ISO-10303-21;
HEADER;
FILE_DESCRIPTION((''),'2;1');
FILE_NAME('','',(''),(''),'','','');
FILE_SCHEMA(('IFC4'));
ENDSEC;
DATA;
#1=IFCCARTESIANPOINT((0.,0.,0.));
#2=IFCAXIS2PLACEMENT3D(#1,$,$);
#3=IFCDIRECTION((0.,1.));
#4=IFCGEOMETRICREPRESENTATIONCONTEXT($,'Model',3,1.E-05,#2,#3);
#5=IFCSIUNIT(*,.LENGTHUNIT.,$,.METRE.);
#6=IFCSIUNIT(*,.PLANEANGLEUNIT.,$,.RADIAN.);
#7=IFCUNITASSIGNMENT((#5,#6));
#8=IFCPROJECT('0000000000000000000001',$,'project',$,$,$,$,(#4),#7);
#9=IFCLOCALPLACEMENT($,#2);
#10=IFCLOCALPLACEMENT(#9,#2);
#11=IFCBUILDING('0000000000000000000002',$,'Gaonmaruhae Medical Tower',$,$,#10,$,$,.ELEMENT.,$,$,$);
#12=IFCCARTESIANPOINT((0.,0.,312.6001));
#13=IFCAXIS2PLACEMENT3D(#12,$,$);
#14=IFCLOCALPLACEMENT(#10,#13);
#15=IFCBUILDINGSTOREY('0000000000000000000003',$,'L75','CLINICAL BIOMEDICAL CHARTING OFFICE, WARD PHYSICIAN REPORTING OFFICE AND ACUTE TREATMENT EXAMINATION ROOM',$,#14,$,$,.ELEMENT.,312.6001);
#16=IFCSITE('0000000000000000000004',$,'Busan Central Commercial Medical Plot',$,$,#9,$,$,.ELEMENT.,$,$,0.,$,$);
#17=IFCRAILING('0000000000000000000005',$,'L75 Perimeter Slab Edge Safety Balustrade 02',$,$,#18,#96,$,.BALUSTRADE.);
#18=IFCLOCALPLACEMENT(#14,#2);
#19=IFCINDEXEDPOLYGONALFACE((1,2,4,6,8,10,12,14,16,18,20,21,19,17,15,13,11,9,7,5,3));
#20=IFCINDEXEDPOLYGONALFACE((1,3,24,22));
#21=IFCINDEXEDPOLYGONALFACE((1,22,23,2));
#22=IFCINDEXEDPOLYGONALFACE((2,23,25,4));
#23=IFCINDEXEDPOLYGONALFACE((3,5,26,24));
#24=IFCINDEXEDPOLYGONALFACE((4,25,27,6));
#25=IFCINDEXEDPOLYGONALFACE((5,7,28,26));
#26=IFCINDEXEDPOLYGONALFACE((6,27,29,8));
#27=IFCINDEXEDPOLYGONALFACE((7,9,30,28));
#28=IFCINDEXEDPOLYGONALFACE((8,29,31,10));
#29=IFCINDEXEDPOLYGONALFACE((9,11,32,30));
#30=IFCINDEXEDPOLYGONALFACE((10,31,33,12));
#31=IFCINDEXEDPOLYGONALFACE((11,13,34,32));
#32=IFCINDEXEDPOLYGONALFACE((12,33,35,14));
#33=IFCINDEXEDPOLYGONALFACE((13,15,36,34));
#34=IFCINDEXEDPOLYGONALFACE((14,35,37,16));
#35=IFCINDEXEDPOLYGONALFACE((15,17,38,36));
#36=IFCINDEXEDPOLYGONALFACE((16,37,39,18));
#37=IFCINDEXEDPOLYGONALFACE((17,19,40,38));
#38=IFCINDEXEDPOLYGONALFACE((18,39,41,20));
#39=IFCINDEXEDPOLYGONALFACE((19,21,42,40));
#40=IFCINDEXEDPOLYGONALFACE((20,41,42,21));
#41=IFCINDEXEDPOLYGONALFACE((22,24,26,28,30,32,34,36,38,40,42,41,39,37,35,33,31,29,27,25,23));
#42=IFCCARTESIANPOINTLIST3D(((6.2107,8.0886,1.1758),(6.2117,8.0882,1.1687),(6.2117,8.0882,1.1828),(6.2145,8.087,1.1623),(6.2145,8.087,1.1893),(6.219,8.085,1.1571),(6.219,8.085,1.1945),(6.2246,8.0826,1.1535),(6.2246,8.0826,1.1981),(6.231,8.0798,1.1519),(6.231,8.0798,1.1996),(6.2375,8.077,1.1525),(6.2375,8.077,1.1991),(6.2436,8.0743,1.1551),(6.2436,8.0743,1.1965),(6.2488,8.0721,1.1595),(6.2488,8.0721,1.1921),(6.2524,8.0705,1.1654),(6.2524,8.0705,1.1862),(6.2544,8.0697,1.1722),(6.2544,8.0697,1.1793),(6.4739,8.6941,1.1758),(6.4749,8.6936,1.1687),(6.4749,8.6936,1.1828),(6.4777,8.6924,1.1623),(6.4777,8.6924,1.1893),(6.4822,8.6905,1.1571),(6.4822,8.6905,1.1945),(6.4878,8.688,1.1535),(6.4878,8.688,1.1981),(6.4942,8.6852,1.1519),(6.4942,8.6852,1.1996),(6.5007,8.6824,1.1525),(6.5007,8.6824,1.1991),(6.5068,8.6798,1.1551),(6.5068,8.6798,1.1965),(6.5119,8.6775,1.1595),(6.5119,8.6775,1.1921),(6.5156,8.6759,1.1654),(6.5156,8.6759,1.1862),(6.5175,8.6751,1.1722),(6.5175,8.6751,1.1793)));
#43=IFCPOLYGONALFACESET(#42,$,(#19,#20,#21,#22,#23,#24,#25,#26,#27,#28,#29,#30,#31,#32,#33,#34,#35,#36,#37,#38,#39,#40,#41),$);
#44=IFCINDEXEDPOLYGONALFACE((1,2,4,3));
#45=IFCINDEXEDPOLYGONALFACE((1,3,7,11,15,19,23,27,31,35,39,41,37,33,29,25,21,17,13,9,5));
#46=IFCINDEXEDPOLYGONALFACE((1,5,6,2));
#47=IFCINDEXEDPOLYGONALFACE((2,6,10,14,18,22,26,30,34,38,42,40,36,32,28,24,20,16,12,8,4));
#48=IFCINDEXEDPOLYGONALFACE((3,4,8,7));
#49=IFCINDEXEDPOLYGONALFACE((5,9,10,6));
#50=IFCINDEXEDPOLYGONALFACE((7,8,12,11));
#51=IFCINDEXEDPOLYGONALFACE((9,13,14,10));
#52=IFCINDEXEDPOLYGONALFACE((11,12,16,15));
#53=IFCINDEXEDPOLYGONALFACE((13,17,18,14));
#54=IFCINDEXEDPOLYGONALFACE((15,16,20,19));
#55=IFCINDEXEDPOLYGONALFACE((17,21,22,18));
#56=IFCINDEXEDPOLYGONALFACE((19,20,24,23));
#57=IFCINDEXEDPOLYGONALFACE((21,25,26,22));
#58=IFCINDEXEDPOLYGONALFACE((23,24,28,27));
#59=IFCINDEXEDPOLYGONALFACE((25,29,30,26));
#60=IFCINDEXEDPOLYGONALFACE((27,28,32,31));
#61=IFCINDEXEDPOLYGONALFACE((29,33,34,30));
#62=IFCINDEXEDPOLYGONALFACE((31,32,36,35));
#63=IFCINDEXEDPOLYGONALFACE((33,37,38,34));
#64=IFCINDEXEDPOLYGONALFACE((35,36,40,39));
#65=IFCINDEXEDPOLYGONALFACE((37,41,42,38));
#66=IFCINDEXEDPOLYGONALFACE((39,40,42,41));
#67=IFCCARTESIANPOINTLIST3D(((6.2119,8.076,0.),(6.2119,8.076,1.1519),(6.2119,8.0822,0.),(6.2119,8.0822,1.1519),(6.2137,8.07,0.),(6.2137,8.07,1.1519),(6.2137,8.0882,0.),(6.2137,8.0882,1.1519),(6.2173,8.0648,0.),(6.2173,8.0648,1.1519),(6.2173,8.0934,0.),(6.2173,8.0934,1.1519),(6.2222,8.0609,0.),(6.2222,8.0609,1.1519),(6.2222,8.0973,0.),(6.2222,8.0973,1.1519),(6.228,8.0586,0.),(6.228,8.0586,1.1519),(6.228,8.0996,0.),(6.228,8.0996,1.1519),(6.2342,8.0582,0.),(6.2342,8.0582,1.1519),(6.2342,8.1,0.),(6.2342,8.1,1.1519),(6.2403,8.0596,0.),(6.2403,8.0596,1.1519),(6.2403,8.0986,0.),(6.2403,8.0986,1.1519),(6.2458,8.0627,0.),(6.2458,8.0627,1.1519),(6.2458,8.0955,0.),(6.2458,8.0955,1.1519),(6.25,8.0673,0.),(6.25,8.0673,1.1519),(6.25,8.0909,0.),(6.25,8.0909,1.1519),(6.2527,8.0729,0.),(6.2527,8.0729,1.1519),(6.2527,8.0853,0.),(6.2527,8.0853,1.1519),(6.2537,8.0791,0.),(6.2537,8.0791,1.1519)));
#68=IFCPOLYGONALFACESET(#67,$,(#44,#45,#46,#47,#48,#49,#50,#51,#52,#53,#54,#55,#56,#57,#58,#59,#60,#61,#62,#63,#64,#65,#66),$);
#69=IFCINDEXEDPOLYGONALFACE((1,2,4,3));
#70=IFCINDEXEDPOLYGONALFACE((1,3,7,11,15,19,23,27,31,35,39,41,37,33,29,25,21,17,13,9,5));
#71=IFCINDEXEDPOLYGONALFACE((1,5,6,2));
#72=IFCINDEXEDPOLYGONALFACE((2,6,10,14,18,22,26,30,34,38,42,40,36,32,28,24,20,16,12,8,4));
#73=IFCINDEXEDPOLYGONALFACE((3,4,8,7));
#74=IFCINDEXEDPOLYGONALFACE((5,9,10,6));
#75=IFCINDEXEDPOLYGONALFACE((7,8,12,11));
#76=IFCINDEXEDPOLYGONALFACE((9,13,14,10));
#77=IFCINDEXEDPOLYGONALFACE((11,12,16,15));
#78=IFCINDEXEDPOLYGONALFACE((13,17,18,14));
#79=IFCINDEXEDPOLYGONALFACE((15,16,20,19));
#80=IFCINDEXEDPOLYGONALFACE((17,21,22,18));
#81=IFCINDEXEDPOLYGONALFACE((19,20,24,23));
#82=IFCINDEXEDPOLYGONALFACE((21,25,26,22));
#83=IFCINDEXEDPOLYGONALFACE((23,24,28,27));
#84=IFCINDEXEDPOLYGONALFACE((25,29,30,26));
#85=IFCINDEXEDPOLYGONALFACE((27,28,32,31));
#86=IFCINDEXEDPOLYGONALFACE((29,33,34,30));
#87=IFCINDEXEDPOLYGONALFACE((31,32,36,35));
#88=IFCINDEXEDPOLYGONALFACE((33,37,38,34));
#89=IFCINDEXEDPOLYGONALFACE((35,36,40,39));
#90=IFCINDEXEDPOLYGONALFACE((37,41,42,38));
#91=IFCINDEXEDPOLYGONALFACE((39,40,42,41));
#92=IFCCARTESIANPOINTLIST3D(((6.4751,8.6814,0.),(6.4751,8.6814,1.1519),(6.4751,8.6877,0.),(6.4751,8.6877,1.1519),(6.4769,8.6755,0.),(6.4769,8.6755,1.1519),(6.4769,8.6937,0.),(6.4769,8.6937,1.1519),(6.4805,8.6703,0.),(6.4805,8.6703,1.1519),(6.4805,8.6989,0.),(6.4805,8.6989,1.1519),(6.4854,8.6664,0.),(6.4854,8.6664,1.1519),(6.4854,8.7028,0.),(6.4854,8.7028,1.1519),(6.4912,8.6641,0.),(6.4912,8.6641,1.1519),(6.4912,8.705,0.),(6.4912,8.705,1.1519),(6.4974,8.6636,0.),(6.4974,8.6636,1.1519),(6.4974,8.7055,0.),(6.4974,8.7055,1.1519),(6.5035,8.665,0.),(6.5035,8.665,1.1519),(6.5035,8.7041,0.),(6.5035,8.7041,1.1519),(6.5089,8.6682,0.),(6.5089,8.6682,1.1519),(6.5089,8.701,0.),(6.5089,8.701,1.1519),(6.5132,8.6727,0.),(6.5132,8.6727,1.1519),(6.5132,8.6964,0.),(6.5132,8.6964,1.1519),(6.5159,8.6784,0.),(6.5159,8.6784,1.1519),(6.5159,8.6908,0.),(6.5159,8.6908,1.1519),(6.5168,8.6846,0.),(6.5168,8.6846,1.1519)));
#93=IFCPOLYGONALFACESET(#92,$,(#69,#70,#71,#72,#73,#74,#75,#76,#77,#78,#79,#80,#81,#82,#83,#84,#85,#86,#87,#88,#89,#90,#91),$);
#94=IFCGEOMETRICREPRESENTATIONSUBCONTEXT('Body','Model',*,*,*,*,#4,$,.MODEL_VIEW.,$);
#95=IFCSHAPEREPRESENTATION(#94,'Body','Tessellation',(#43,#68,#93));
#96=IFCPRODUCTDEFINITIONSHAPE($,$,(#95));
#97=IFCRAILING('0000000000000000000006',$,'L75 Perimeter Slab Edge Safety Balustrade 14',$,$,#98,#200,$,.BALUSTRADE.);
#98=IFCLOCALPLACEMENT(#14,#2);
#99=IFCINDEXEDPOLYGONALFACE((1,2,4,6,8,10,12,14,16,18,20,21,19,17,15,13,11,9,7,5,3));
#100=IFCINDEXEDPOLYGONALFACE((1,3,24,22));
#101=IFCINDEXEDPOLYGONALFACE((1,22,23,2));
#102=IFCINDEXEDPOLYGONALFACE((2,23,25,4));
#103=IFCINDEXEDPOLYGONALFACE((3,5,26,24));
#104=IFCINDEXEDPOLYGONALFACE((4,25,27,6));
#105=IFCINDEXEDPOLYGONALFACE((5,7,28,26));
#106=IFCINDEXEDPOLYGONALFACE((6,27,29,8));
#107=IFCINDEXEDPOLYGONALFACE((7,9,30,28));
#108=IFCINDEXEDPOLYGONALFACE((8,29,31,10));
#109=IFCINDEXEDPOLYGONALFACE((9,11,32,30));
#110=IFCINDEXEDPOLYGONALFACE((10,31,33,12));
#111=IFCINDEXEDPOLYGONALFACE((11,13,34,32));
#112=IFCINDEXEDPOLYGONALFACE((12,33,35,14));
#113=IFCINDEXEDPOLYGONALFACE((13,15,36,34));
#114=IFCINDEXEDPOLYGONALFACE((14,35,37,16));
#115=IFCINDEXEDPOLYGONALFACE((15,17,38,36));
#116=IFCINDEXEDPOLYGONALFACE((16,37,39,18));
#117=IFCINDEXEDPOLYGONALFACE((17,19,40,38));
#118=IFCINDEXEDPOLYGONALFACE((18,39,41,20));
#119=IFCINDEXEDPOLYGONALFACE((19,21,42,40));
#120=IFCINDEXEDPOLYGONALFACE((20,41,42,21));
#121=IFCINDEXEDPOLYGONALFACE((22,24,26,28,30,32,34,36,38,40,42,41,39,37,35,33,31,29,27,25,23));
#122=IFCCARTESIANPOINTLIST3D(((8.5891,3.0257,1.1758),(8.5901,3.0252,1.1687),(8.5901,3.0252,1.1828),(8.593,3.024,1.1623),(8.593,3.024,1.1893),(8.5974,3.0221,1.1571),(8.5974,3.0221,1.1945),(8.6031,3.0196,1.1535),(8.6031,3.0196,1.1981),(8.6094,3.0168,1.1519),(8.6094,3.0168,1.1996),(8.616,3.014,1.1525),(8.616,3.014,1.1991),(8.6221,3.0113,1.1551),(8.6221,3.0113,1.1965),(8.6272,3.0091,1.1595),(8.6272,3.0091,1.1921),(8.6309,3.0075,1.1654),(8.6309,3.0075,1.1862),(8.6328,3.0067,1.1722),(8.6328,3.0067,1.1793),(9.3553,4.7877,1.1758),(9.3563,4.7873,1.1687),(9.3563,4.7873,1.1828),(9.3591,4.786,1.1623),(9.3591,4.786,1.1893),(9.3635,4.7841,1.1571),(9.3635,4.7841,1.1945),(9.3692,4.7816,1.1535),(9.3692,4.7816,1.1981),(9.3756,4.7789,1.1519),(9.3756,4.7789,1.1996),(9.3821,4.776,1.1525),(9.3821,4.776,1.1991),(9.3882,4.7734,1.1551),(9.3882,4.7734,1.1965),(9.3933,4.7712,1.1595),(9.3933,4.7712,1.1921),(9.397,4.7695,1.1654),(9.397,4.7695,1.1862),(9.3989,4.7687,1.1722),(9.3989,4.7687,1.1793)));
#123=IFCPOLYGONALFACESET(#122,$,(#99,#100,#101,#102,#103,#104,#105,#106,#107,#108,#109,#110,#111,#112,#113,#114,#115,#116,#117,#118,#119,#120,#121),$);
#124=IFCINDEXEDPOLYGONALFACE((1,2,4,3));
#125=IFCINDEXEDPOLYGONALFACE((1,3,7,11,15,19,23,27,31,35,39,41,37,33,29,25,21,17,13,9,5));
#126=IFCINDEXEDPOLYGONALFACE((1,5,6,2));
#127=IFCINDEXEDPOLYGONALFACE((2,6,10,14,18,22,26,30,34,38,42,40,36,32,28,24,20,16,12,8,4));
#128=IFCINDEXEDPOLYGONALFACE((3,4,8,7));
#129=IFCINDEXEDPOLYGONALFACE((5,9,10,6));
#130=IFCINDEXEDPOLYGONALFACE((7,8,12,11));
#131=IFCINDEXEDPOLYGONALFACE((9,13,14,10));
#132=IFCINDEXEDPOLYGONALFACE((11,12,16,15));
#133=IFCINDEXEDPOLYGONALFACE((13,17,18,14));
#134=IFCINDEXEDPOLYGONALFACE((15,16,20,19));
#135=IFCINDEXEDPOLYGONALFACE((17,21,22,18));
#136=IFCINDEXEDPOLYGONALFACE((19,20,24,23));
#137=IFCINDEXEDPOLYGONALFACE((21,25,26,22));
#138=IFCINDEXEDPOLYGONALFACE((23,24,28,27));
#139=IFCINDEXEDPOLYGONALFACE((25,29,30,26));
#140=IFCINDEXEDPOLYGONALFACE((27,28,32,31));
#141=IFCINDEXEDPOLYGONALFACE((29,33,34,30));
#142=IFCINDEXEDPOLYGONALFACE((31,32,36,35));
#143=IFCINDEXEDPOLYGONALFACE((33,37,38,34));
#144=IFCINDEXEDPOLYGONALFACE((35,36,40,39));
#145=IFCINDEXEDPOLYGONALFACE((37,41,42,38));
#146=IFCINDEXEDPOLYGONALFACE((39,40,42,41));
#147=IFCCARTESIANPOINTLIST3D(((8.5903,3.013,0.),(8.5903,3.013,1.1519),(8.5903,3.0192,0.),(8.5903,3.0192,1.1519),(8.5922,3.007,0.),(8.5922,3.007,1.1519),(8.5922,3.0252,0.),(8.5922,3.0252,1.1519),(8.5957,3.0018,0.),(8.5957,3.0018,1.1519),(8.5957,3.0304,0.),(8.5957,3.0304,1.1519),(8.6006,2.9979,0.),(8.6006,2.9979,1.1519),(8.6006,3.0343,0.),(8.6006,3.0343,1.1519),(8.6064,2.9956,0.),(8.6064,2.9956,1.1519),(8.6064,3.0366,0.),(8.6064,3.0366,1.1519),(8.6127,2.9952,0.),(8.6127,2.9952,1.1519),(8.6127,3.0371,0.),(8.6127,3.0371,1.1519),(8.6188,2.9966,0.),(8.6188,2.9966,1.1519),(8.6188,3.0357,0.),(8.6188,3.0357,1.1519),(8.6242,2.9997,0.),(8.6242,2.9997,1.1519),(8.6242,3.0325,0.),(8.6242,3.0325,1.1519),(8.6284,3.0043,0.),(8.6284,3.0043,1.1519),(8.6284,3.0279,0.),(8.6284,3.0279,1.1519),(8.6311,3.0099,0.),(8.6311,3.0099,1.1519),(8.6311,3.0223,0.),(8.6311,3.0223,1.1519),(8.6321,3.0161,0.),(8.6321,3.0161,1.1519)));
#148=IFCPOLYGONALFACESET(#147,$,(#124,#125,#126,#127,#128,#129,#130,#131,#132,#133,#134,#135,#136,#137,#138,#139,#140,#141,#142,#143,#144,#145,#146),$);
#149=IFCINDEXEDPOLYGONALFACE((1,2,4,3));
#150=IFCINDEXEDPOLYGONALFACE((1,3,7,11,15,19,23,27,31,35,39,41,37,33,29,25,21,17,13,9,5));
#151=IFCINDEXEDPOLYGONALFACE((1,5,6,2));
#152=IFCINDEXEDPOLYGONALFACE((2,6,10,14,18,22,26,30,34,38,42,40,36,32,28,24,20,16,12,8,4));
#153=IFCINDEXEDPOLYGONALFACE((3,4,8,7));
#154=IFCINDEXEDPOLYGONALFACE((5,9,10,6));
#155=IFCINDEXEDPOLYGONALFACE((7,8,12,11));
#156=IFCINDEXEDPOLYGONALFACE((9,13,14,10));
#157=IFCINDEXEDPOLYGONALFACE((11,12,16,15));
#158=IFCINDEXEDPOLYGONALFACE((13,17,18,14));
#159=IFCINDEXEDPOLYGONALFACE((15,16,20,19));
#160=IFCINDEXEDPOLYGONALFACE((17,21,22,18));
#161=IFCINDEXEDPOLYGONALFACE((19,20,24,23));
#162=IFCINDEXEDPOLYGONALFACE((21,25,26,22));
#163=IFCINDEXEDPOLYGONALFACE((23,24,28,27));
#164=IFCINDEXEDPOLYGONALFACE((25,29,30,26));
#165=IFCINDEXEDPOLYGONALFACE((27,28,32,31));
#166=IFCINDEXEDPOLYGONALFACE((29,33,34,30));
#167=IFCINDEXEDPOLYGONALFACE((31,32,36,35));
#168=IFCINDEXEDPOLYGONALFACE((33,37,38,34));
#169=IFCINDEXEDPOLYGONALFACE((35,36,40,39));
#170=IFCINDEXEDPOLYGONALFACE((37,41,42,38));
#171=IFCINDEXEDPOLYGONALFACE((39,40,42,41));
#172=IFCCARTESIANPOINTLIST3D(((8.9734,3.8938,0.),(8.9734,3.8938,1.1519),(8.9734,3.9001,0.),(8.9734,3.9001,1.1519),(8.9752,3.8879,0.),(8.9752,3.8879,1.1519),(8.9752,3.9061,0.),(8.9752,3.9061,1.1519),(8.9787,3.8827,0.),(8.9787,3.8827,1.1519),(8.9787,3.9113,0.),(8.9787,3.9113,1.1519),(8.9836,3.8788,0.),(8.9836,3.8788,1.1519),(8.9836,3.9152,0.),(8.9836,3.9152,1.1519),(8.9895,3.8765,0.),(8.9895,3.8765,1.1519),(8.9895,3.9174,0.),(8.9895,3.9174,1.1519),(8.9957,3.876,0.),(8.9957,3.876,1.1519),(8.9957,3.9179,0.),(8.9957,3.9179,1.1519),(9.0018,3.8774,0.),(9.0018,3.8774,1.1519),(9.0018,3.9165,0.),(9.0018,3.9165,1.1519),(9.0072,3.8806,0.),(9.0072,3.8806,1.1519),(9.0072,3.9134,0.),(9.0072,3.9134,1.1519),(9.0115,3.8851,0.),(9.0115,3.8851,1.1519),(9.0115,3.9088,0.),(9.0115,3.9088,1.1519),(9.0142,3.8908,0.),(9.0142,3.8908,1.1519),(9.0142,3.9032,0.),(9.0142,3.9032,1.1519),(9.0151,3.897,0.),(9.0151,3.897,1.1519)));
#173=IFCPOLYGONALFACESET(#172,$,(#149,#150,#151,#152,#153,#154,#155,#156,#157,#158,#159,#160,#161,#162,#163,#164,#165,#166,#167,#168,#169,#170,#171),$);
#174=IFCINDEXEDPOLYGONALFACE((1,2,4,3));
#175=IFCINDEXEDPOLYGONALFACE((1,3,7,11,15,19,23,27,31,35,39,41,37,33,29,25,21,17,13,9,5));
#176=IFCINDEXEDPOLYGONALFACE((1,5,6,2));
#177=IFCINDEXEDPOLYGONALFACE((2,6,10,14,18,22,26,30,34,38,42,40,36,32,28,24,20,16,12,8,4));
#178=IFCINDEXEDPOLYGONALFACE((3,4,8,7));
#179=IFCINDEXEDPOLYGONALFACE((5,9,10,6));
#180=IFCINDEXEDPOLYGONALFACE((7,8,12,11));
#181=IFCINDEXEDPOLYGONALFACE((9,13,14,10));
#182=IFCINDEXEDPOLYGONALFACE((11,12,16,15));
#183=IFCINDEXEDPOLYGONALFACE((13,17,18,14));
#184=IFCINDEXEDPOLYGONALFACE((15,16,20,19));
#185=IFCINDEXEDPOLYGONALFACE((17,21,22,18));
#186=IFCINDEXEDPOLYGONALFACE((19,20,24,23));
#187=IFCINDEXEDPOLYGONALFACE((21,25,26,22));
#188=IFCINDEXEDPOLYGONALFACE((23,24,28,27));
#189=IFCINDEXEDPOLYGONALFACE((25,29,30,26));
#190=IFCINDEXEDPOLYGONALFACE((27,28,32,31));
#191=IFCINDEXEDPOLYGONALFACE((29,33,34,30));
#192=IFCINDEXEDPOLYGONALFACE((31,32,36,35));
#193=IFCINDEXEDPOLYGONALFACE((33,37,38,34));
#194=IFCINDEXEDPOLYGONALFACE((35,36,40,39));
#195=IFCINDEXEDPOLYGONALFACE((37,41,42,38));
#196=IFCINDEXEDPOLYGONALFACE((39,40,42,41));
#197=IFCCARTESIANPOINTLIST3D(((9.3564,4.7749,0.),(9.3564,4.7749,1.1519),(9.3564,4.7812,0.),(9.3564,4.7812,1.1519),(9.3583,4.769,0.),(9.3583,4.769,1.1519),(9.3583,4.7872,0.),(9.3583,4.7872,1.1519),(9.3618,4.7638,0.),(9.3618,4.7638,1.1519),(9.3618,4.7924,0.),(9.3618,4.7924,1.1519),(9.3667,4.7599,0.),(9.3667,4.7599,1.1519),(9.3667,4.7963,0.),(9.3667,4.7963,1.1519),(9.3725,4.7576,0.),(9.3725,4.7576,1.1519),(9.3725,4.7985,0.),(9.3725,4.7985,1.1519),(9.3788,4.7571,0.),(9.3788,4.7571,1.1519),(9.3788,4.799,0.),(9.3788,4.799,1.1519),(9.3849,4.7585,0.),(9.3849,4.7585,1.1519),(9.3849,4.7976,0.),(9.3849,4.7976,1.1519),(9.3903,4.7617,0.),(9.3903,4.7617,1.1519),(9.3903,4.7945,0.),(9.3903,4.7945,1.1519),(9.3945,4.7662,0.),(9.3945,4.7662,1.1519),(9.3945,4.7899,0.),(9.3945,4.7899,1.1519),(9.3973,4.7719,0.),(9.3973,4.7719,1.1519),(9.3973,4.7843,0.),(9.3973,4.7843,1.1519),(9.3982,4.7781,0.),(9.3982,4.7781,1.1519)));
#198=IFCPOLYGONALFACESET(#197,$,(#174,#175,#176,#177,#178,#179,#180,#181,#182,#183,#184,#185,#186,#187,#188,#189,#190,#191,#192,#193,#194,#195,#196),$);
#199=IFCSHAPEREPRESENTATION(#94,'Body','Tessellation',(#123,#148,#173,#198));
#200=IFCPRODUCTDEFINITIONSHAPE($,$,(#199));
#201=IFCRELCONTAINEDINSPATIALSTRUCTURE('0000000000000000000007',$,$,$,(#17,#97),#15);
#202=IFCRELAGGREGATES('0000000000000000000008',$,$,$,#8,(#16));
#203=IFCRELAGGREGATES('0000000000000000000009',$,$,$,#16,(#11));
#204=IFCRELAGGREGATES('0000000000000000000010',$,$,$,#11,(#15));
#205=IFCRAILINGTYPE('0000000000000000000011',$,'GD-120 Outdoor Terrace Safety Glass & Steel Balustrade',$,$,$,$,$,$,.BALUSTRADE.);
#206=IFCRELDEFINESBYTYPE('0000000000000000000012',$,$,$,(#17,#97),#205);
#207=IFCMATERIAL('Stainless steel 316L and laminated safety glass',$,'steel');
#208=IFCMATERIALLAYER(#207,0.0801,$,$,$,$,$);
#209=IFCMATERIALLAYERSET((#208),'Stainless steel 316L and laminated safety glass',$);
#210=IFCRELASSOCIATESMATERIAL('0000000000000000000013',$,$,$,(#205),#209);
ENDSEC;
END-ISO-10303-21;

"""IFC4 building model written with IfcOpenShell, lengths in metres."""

from ifc_helpers import new_model, si_unit, direction, frame, origin, origin_2d, place, context, subcontext, project, spatial, circle, extrude, material, layer, layer_set, type_object, element, save


model = new_model("IFC4")

# Units and contexts
model_context = context("Model", 3, precision=1e-05, world=origin(), true_north=direction((0.0, 1.0)))
body_context = subcontext(model_context, "Body", "Model", "MODEL_VIEW")
ifc_project = project(units=[si_unit("LENGTHUNIT", "METRE"), si_unit("PLANEANGLEUNIT", "RADIAN")], contexts=[model_context])

# Site, building, storey
site_placement = place(None, origin())
site = spatial("IfcSite", under=ifc_project, at=site_placement, Name="Busan Central Commercial Medical Plot", CompositionType="ELEMENT", RefElevation=0.0)
building_placement = place(site_placement, origin())
building = spatial("IfcBuilding", under=site, at=building_placement, Name="Gaonmaruhae Medical Tower", CompositionType="ELEMENT")
storey_placement = place(building_placement, frame((0.0, 0.0, 312.6001)))
storey = spatial("IfcBuildingStorey", under=building, at=storey_placement, Name="L75", Description="CLINICAL BIOMEDICAL CHARTING OFFICE, WARD PHYSICIAN REPORTING OFFICE AND ACUTE TREATMENT EXAMINATION ROOM", CompositionType="ELEMENT", Elevation=312.6001)

# Railings
ifc_material_1 = material(Name="Stainless steel 316L and laminated safety glass", Category="steel")
ifc_layer_1 = layer(ifc_material_1, 0.0801)
ifc_layer_set_1 = layer_set([ifc_layer_1], Name="Stainless steel 316L and laminated safety glass")
railing_type = type_object("IfcRailingType", Name="GD-120 Outdoor Terrace Safety Glass & Steel Balustrade", PredefinedType="BALUSTRADE", material=ifc_layer_set_1)
railing_1_placement = place(storey_placement, frame((6.2327, 8.0791, 0.0)))
element("IfcRailing", 1, at=railing_1_placement, inside=storey, type_object=railing_type, Name="L75 Perimeter Slab Edge Safety Balustrade 02", PredefinedType="BALUSTRADE", context=body_context, shape_type="SweptSolid", body=[
    extrude(circle(Radius=0.0239, at=origin_2d()), frame((0.0, 0.0, 1.1758), z_axis=(0.398645, 0.917105, 0.0), x_axis=(-0.917105, 0.398645, 0.0)), (0.0, 0.0, 1.0), 0.6602),
    extrude(circle(Radius=0.021, at=origin_2d()), origin(), (0.0, 0.0, 1.0), 1.1519),
    extrude(circle(Radius=0.021, at=origin_2d()), frame((0.2632, 0.6055, 0.0)), (0.0, 0.0, 1.0), 1.1519),
])
railing_2_placement = place(storey_placement, frame((8.6111, 3.0161, 0.0)))
element("IfcRailing", 2, at=railing_2_placement, inside=storey, type_object=railing_type, Name="L75 Perimeter Slab Edge Safety Balustrade 14", PredefinedType="BALUSTRADE", context=body_context, shape_type="SweptSolid", body=[
    extrude(circle(Radius=0.0239, at=origin_2d()), frame((0.0, 0.0, 1.1758), z_axis=(0.398745, 0.917062, 0.0), x_axis=(-0.917062, 0.398745, 0.0)), (0.0, 0.0, 1.0), 1.9214),
    extrude(circle(Radius=0.021, at=origin_2d()), origin(), (0.0, 0.0, 1.0), 1.1519),
    extrude(circle(Radius=0.021, at=origin_2d()), frame((0.3831, 0.8809, 0.0)), (0.0, 0.0, 1.0), 1.1519),
    extrude(circle(Radius=0.021, at=origin_2d()), frame((0.7661, 1.762, 0.0)), (0.0, 0.0, 1.0), 1.1519),
])

save(model, "model.ifc")
